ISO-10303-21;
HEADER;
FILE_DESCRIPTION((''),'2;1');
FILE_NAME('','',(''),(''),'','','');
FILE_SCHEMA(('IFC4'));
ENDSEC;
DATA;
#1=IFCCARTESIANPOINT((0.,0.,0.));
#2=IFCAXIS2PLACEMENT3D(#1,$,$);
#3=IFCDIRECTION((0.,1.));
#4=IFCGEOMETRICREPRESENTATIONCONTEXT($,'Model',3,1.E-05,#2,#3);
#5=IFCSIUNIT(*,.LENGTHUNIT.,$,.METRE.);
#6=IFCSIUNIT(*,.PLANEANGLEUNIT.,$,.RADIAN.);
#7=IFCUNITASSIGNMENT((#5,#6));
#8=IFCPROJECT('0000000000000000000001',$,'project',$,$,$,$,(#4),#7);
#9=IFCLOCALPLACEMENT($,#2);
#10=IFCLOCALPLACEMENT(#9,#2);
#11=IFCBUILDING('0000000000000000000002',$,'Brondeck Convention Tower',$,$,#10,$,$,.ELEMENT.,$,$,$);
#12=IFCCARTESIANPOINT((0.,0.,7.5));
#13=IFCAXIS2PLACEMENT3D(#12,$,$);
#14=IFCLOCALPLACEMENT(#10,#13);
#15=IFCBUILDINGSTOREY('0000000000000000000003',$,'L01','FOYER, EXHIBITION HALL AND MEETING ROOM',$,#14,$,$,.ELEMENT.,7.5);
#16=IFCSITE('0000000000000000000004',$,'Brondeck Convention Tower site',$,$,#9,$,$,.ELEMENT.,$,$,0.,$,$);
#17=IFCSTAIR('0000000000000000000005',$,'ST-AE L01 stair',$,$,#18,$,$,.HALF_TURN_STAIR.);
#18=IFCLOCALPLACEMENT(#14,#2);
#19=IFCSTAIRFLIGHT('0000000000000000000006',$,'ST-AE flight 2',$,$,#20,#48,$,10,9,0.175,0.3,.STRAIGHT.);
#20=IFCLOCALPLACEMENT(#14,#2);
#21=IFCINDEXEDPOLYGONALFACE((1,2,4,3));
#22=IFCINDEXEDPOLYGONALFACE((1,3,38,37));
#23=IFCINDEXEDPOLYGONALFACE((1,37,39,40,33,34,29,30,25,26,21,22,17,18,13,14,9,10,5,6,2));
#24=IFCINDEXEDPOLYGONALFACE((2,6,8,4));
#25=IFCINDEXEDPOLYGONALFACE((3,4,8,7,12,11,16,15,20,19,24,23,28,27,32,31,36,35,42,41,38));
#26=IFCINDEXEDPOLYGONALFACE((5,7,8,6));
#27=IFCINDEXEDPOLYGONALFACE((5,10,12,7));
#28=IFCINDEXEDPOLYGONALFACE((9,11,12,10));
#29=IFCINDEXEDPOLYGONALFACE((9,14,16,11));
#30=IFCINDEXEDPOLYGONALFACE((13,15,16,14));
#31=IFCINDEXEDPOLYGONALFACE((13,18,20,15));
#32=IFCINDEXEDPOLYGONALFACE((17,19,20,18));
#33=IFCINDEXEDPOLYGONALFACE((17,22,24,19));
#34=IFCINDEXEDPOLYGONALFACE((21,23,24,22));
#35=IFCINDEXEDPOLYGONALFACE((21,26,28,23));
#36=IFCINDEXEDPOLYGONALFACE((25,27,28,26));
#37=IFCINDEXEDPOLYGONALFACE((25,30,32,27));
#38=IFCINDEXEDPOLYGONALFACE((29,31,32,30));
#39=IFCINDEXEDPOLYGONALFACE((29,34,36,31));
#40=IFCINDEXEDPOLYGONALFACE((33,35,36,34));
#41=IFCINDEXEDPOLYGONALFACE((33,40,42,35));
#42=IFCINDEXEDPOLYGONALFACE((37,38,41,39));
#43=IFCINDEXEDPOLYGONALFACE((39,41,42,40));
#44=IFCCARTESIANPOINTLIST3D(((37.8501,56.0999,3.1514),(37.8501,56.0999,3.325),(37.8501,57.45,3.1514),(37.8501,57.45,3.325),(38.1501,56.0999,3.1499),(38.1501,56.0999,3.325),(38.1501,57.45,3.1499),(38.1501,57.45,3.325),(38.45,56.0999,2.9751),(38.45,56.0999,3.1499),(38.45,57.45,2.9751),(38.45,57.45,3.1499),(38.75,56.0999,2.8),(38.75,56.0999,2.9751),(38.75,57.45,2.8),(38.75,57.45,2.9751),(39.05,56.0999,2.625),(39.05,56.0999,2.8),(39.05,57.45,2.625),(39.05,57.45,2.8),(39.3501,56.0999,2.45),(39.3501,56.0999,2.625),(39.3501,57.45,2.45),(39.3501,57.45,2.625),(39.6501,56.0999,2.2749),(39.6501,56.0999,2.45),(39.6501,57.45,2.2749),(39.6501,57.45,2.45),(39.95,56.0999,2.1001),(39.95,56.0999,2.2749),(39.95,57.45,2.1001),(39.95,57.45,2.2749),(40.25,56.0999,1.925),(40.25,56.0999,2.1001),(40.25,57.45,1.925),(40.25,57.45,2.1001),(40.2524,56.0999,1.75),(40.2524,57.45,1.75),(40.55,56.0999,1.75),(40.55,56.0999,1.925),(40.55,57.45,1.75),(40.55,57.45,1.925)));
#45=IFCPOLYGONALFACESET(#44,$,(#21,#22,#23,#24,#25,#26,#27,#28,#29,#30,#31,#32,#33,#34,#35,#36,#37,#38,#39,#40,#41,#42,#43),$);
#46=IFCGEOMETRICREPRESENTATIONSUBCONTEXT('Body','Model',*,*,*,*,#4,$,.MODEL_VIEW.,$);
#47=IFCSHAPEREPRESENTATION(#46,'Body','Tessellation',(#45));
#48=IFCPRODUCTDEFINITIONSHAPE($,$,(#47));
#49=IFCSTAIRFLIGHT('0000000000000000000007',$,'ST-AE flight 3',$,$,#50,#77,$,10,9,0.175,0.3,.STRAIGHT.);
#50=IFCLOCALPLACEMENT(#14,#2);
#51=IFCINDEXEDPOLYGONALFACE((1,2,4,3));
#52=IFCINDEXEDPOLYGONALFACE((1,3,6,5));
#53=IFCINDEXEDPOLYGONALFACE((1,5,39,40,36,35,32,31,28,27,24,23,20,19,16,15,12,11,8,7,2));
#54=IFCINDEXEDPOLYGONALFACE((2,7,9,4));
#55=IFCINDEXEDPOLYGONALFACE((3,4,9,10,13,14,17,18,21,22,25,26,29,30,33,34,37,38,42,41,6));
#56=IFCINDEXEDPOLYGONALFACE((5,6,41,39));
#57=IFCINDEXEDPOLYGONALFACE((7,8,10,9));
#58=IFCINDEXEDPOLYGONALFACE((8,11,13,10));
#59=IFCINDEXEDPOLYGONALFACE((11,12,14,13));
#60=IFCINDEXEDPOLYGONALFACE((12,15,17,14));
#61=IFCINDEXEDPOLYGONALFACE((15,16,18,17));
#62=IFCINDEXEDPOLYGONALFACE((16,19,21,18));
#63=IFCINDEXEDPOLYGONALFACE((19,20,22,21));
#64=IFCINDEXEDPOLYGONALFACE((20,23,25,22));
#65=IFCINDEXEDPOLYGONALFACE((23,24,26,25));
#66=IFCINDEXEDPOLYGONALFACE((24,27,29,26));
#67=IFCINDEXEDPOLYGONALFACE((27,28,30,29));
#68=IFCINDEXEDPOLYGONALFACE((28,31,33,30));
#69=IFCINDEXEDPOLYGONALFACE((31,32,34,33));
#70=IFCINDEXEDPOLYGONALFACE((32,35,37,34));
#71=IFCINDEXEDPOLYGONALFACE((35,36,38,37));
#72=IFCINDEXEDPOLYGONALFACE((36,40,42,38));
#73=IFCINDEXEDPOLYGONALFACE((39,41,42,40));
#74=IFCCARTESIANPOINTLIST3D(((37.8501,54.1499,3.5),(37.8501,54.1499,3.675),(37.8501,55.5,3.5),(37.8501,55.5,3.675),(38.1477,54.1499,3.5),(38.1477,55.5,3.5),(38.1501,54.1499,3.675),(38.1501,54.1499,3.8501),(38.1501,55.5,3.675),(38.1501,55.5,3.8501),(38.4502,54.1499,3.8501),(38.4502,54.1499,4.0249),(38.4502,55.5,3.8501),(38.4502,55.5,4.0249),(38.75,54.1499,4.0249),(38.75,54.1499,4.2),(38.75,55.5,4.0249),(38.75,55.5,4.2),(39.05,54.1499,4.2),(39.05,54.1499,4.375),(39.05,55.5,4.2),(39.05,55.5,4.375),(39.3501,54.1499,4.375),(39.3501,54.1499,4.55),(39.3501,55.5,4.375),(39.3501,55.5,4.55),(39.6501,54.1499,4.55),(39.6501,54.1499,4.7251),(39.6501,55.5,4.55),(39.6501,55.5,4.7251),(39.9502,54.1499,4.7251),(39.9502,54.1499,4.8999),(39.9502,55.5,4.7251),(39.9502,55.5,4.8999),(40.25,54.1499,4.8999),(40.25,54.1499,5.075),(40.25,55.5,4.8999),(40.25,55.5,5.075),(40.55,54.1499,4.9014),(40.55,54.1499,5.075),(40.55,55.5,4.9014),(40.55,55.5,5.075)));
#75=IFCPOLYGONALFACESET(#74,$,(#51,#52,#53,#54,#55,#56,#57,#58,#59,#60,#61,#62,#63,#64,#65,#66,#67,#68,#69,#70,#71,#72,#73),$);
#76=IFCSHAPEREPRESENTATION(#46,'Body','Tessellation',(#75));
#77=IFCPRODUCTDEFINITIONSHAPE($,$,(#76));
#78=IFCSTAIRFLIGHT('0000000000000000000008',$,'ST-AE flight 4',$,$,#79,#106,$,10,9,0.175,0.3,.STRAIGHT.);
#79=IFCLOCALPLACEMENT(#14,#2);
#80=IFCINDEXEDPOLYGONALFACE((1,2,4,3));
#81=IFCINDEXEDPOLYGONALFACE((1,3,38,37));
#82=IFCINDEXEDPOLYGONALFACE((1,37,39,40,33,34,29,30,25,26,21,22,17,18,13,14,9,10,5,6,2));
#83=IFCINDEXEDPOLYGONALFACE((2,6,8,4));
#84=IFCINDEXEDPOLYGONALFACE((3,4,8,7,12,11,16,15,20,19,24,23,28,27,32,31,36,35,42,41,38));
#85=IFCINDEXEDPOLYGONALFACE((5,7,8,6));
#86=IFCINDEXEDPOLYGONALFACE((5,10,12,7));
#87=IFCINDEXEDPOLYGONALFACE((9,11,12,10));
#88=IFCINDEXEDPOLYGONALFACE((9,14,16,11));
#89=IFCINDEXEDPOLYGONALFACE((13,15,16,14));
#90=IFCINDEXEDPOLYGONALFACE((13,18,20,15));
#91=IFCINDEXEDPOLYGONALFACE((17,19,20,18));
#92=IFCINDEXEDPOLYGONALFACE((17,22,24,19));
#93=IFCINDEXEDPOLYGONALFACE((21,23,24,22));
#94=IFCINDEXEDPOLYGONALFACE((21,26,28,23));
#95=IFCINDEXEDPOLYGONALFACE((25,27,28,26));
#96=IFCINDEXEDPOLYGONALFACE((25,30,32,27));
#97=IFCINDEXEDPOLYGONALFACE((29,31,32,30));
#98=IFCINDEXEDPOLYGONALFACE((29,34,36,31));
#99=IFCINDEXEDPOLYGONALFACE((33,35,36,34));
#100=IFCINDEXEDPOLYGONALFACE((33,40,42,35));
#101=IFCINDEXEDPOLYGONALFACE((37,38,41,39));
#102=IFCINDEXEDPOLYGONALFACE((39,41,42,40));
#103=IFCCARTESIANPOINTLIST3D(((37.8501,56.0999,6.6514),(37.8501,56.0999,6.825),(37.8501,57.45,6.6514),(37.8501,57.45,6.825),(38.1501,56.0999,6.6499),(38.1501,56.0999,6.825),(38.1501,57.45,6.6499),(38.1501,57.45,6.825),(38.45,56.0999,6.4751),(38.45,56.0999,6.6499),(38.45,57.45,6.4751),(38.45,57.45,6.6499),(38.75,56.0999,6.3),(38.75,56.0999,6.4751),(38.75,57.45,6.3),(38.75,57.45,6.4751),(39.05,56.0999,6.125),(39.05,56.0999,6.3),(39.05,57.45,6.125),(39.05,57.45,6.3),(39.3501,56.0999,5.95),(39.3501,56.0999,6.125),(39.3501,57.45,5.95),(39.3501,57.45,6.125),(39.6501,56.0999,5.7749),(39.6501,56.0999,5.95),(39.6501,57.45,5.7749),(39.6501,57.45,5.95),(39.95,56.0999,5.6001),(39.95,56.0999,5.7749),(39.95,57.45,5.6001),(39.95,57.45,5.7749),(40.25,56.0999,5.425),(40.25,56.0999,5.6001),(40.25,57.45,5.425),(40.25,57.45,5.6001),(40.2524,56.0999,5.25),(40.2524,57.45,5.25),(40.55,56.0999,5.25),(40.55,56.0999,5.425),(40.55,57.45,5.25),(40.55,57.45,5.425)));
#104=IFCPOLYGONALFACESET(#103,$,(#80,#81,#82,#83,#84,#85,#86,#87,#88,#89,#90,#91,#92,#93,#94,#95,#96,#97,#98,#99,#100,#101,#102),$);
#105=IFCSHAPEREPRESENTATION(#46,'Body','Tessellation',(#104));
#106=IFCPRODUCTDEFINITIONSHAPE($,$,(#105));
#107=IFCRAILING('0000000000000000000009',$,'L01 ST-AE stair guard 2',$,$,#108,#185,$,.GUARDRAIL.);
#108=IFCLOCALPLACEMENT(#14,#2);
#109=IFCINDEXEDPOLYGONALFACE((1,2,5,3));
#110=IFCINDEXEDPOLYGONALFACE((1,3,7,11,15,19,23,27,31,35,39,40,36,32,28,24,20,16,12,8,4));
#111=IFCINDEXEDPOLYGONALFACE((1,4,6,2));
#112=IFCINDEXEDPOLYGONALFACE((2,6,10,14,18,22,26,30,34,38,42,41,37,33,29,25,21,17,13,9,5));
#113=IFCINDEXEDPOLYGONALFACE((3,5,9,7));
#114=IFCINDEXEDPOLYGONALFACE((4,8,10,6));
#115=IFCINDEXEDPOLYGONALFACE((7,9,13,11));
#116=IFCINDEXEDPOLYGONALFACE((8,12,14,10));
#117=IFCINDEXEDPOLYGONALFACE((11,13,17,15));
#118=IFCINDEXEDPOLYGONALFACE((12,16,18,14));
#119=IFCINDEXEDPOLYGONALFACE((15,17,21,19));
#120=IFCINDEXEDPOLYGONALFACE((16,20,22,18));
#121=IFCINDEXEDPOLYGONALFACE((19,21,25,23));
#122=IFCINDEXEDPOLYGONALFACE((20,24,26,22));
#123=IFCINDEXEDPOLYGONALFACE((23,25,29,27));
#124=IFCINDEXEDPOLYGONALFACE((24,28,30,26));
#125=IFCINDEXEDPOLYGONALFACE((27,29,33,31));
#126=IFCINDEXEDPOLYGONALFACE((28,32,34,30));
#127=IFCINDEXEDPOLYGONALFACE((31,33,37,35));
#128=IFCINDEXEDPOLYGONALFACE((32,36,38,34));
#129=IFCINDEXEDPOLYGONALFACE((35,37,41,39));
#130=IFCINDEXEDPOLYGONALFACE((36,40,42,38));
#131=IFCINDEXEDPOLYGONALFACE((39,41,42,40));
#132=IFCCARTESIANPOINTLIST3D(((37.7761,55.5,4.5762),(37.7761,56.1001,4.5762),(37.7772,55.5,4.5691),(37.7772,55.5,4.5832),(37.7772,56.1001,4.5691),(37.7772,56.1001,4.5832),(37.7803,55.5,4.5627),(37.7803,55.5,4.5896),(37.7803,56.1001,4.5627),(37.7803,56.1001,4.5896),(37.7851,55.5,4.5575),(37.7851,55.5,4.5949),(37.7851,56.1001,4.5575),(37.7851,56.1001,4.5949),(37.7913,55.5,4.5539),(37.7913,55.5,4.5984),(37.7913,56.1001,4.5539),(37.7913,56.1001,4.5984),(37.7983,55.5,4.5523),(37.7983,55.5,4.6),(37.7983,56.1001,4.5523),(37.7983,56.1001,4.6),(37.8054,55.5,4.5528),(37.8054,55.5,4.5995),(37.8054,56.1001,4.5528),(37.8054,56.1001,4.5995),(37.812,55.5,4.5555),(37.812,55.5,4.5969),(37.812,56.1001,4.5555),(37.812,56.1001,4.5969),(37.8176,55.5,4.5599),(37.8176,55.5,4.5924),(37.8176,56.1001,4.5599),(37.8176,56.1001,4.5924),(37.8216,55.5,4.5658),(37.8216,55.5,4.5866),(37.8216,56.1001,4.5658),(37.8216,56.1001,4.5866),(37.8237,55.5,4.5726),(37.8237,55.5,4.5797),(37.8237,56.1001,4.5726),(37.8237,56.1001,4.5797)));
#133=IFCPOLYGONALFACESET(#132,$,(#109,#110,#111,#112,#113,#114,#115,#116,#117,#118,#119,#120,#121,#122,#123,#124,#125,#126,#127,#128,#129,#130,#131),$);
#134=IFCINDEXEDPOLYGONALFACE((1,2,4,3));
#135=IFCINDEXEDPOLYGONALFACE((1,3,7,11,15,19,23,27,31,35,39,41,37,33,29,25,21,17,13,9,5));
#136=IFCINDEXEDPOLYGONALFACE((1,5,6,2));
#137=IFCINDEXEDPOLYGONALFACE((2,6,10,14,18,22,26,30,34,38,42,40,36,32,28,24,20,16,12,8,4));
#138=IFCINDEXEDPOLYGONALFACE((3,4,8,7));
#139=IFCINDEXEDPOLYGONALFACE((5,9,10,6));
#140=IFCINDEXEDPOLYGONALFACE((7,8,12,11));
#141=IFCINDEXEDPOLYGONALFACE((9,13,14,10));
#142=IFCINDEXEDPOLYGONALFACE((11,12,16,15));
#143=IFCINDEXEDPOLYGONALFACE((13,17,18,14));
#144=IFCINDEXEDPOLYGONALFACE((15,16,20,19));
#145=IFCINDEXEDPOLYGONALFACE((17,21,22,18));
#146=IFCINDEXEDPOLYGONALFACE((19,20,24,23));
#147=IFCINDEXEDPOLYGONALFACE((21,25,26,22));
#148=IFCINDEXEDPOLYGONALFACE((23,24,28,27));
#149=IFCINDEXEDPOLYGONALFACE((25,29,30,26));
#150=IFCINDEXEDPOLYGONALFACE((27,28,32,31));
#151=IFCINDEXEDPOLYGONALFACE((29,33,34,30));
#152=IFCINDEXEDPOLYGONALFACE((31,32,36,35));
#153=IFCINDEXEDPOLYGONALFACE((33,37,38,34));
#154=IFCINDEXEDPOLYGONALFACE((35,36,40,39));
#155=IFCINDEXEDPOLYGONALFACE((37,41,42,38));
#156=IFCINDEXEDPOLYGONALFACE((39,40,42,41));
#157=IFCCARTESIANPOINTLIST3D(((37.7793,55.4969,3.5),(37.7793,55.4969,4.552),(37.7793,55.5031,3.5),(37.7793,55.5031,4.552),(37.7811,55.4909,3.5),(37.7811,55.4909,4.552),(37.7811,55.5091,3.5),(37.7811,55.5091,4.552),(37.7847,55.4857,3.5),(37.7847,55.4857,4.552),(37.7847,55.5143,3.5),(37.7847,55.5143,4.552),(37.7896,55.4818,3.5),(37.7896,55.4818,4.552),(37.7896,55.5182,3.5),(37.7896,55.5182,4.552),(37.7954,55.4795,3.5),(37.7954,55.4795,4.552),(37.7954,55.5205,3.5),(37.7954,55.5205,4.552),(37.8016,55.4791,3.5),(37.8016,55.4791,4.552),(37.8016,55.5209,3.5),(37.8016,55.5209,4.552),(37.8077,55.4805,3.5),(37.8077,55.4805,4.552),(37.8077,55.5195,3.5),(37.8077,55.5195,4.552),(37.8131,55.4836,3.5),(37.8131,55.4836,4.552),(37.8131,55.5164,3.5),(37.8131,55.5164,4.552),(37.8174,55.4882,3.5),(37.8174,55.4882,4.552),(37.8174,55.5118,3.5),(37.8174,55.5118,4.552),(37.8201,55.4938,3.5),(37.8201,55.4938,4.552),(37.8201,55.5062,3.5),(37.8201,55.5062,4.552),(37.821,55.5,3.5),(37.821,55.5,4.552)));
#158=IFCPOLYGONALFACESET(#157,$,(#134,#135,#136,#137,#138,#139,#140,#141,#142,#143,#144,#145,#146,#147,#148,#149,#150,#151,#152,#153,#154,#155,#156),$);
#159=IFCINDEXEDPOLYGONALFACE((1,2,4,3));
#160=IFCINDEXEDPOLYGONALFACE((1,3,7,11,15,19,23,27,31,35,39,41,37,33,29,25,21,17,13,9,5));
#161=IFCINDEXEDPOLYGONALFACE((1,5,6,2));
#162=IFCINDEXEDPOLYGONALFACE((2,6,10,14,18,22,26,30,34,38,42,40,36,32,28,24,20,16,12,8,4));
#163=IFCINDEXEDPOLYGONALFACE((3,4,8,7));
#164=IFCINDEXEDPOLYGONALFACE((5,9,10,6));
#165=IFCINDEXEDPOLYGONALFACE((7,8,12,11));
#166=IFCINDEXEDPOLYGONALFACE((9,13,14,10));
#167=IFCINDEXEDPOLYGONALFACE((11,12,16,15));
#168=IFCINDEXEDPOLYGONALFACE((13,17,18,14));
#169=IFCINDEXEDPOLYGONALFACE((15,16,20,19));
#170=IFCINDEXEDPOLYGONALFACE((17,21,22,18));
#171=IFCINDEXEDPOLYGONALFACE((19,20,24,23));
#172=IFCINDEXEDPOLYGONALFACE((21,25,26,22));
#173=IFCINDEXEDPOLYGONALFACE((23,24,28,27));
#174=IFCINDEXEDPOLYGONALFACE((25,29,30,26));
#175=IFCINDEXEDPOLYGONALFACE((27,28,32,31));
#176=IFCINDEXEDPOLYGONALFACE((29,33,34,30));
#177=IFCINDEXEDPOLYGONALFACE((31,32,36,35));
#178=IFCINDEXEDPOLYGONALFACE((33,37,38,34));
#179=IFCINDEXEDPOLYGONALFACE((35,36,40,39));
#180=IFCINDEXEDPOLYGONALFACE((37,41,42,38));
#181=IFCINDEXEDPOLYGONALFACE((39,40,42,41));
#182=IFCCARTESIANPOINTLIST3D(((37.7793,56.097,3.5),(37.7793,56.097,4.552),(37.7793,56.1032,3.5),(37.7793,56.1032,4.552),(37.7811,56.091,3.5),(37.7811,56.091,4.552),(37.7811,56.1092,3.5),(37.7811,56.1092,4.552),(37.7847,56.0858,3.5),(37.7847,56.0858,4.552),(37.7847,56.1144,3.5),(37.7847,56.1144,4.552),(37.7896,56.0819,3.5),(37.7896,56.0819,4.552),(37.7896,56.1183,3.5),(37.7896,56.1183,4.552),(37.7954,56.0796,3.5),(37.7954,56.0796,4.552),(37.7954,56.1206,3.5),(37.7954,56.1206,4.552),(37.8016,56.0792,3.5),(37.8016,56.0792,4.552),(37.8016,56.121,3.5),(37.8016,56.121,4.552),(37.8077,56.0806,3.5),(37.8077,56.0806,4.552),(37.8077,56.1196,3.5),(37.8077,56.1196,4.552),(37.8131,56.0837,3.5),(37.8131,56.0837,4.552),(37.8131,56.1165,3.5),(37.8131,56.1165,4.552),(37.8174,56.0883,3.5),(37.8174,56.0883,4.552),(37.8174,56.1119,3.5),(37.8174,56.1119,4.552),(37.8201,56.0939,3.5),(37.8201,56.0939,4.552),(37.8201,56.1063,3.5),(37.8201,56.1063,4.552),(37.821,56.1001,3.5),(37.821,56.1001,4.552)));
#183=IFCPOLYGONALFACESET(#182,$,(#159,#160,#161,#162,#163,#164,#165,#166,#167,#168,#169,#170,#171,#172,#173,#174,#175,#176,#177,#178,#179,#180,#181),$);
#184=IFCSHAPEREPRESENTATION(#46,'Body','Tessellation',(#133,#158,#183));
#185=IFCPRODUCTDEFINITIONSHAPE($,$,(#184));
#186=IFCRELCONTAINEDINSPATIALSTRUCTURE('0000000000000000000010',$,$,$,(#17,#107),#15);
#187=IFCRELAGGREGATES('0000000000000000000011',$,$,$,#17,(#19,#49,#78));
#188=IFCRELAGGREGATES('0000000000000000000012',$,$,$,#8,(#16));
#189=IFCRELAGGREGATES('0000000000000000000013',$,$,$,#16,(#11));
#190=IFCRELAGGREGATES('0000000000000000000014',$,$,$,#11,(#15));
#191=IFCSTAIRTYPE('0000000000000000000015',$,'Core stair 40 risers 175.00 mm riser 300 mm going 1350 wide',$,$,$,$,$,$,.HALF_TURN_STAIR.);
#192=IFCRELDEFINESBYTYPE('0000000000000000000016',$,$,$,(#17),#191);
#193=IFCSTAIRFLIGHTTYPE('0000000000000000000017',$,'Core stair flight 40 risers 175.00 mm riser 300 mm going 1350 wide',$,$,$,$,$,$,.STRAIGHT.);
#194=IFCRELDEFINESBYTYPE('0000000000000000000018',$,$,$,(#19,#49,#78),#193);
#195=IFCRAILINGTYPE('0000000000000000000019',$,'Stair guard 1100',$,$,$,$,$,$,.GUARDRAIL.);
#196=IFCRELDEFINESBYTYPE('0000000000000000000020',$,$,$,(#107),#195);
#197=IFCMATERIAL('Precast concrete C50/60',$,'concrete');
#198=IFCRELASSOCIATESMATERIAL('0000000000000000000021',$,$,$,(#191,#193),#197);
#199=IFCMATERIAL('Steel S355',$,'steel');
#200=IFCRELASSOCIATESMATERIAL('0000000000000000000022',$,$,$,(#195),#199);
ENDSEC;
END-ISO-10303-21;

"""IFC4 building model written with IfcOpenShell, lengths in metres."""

from ifc_helpers import new_model, si_unit, direction, frame, origin, origin_2d, place, context, subcontext, project, spatial, polyline, circle, outline, extrude, material, type_object, element, aggregate, save


model = new_model("IFC4")

# Units and contexts
model_context = context("Model", 3, precision=1e-05, world=origin(), true_north=direction((0.0, 1.0)))
body_context = subcontext(model_context, "Body", "Model", "MODEL_VIEW")
ifc_project = project(units=[si_unit("LENGTHUNIT", "METRE"), si_unit("PLANEANGLEUNIT", "RADIAN")], contexts=[model_context])

# Site, building, storey
site_placement = place(None, origin())
site = spatial("IfcSite", under=ifc_project, at=site_placement, Name="Brondeck Convention Tower site", CompositionType="ELEMENT", RefElevation=0.0)
building_placement = place(site_placement, origin())
building = spatial("IfcBuilding", under=site, at=building_placement, Name="Brondeck Convention Tower", CompositionType="ELEMENT")
storey_placement = place(building_placement, frame((0.0, 0.0, 7.5)))
storey = spatial("IfcBuildingStorey", under=building, at=storey_placement, Name="L01", Description="FOYER, EXHIBITION HALL AND MEETING ROOM", CompositionType="ELEMENT", Elevation=7.5)

# Shared definitions
ifc_material_1 = material(Name="Steel S355", Category="steel")

# Stair, stair flights
ifc_material_2 = material(Name="Precast concrete C50/60", Category="concrete")
stair_type = type_object("IfcStairType", Name="Core stair 40 risers 175.00 mm riser 300 mm going 1350 wide", PredefinedType="HALF_TURN_STAIR", material=ifc_material_2)
stair_placement = place(storey_placement, origin())
stair = element("IfcStair", 1, at=stair_placement, inside=storey, type_object=stair_type, Name="ST-AE L01 stair", PredefinedType="HALF_TURN_STAIR")
stair_flight_type = type_object("IfcStairFlightType", Name="Core stair flight 40 risers 175.00 mm riser 300 mm going 1350 wide", PredefinedType="STRAIGHT", material=ifc_material_2)
stair_flight_1_placement = place(storey_placement, frame((40.55, 56.7749, 1.75), z_axis=(0.0, 0.0, 1.0), x_axis=(-1.0, 0.0, 0.0)))
stair_flight_1 = element("IfcStairFlight", 2, at=stair_flight_1_placement, type_object=stair_flight_type, Name="ST-AE flight 2", NumberOfRisers=10, NumberOfTreads=9, PredefinedType="STRAIGHT", RiserHeight=0.175, TreadLength=0.3, context=body_context, shape_type="SweptSolid", body=[
    extrude(outline(polyline([(0.0, 0.0), (0.0, 0.175), (0.3, 0.175), (0.3, 0.3501), (0.6001, 0.3501), (0.6001, 0.5249), (0.8999, 0.5249), (0.8999, 0.7), (1.2, 0.7), (1.2, 0.875), (1.5, 0.875), (1.5, 1.05), (1.8, 1.05), (1.8, 1.2251), (2.1001, 1.2251), (2.1001, 1.3999), (2.3999, 1.3999), (2.3999, 1.575), (2.7, 1.575), (2.7, 1.75), (2.7, 1.4014), (0.2976, 0.0), (0.0, 0.0)])), frame((0.0, 0.675, 0.0), z_axis=(0.0, -1.0, 0.0), x_axis=(1.0, 0.0, 0.0)), (0.0, 0.0, 1.0), 1.3501),
])
stair_flight_2_placement = place(storey_placement, frame((37.8501, 54.825, 3.5), z_axis=(0.0, 0.0, 1.0), x_axis=(1.0, 0.0, 0.0)))
stair_flight_2 = element("IfcStairFlight", 3, at=stair_flight_2_placement, type_object=stair_flight_type, Name="ST-AE flight 3", NumberOfRisers=10, NumberOfTreads=9, PredefinedType="STRAIGHT", RiserHeight=0.175, TreadLength=0.3, context=body_context, shape_type="SweptSolid", body=[
    extrude(outline(polyline([(0.0, 0.0), (0.0, 0.175), (0.3, 0.175), (0.3, 0.3501), (0.6001, 0.3501), (0.6001, 0.5249), (0.8999, 0.5249), (0.8999, 0.7), (1.2, 0.7), (1.2, 0.875), (1.5, 0.875), (1.5, 1.05), (1.8, 1.05), (1.8, 1.2251), (2.1001, 1.2251), (2.1001, 1.3999), (2.3999, 1.3999), (2.3999, 1.575), (2.7, 1.575), (2.7, 1.75), (2.7, 1.4014), (0.2976, 0.0), (0.0, 0.0)])), frame((0.0, 0.675, 0.0), z_axis=(0.0, -1.0, 0.0), x_axis=(1.0, 0.0, 0.0)), (0.0, 0.0, 1.0), 1.3501),
])
stair_flight_3_placement = place(storey_placement, frame((40.55, 56.7749, 5.25), z_axis=(0.0, 0.0, 1.0), x_axis=(-1.0, 0.0, 0.0)))
stair_flight_3 = element("IfcStairFlight", 4, at=stair_flight_3_placement, type_object=stair_flight_type, Name="ST-AE flight 4", NumberOfRisers=10, NumberOfTreads=9, PredefinedType="STRAIGHT", RiserHeight=0.175, TreadLength=0.3, context=body_context, shape_type="SweptSolid", body=[
    extrude(outline(polyline([(0.0, 0.0), (0.0, 0.175), (0.3, 0.175), (0.3, 0.3501), (0.6001, 0.3501), (0.6001, 0.5249), (0.8999, 0.5249), (0.8999, 0.7), (1.2, 0.7), (1.2, 0.875), (1.5, 0.875), (1.5, 1.05), (1.8, 1.05), (1.8, 1.2251), (2.1001, 1.2251), (2.1001, 1.3999), (2.3999, 1.3999), (2.3999, 1.575), (2.7, 1.575), (2.7, 1.75), (2.7, 1.4014), (0.2976, 0.0), (0.0, 0.0)])), frame((0.0, 0.675, 0.0), z_axis=(0.0, -1.0, 0.0), x_axis=(1.0, 0.0, 0.0)), (0.0, 0.0, 1.0), 1.3501),
])
aggregate(stair, [stair_flight_1, stair_flight_2, stair_flight_3])

# Railing
railing_type_1 = type_object("IfcRailingType", Name="Stair guard 1100", PredefinedType="GUARDRAIL", material=ifc_material_1)
railing_1_placement = place(storey_placement, frame((37.8, 55.5, 3.5)))
element("IfcRailing", 5, at=railing_1_placement, inside=storey, type_object=railing_type_1, Name="L01 ST-AE stair guard 2", PredefinedType="GUARDRAIL", context=body_context, shape_type="SweptSolid", body=[
    extrude(circle(Radius=0.0239, at=origin_2d()), frame((0.0, 0.0, 1.0762), z_axis=(0.0, 1.0, 0.0), x_axis=(-1.0, 0.0, 0.0)), (0.0, 0.0, 1.0), 0.6001),
    extrude(circle(Radius=0.021, at=origin_2d()), origin(), (0.0, 0.0, 1.0), 1.052),
    extrude(circle(Radius=0.021, at=origin_2d()), frame((0.0, 0.6001, 0.0)), (0.0, 0.0, 1.0), 1.052),
])

save(model, "model.ifc")
